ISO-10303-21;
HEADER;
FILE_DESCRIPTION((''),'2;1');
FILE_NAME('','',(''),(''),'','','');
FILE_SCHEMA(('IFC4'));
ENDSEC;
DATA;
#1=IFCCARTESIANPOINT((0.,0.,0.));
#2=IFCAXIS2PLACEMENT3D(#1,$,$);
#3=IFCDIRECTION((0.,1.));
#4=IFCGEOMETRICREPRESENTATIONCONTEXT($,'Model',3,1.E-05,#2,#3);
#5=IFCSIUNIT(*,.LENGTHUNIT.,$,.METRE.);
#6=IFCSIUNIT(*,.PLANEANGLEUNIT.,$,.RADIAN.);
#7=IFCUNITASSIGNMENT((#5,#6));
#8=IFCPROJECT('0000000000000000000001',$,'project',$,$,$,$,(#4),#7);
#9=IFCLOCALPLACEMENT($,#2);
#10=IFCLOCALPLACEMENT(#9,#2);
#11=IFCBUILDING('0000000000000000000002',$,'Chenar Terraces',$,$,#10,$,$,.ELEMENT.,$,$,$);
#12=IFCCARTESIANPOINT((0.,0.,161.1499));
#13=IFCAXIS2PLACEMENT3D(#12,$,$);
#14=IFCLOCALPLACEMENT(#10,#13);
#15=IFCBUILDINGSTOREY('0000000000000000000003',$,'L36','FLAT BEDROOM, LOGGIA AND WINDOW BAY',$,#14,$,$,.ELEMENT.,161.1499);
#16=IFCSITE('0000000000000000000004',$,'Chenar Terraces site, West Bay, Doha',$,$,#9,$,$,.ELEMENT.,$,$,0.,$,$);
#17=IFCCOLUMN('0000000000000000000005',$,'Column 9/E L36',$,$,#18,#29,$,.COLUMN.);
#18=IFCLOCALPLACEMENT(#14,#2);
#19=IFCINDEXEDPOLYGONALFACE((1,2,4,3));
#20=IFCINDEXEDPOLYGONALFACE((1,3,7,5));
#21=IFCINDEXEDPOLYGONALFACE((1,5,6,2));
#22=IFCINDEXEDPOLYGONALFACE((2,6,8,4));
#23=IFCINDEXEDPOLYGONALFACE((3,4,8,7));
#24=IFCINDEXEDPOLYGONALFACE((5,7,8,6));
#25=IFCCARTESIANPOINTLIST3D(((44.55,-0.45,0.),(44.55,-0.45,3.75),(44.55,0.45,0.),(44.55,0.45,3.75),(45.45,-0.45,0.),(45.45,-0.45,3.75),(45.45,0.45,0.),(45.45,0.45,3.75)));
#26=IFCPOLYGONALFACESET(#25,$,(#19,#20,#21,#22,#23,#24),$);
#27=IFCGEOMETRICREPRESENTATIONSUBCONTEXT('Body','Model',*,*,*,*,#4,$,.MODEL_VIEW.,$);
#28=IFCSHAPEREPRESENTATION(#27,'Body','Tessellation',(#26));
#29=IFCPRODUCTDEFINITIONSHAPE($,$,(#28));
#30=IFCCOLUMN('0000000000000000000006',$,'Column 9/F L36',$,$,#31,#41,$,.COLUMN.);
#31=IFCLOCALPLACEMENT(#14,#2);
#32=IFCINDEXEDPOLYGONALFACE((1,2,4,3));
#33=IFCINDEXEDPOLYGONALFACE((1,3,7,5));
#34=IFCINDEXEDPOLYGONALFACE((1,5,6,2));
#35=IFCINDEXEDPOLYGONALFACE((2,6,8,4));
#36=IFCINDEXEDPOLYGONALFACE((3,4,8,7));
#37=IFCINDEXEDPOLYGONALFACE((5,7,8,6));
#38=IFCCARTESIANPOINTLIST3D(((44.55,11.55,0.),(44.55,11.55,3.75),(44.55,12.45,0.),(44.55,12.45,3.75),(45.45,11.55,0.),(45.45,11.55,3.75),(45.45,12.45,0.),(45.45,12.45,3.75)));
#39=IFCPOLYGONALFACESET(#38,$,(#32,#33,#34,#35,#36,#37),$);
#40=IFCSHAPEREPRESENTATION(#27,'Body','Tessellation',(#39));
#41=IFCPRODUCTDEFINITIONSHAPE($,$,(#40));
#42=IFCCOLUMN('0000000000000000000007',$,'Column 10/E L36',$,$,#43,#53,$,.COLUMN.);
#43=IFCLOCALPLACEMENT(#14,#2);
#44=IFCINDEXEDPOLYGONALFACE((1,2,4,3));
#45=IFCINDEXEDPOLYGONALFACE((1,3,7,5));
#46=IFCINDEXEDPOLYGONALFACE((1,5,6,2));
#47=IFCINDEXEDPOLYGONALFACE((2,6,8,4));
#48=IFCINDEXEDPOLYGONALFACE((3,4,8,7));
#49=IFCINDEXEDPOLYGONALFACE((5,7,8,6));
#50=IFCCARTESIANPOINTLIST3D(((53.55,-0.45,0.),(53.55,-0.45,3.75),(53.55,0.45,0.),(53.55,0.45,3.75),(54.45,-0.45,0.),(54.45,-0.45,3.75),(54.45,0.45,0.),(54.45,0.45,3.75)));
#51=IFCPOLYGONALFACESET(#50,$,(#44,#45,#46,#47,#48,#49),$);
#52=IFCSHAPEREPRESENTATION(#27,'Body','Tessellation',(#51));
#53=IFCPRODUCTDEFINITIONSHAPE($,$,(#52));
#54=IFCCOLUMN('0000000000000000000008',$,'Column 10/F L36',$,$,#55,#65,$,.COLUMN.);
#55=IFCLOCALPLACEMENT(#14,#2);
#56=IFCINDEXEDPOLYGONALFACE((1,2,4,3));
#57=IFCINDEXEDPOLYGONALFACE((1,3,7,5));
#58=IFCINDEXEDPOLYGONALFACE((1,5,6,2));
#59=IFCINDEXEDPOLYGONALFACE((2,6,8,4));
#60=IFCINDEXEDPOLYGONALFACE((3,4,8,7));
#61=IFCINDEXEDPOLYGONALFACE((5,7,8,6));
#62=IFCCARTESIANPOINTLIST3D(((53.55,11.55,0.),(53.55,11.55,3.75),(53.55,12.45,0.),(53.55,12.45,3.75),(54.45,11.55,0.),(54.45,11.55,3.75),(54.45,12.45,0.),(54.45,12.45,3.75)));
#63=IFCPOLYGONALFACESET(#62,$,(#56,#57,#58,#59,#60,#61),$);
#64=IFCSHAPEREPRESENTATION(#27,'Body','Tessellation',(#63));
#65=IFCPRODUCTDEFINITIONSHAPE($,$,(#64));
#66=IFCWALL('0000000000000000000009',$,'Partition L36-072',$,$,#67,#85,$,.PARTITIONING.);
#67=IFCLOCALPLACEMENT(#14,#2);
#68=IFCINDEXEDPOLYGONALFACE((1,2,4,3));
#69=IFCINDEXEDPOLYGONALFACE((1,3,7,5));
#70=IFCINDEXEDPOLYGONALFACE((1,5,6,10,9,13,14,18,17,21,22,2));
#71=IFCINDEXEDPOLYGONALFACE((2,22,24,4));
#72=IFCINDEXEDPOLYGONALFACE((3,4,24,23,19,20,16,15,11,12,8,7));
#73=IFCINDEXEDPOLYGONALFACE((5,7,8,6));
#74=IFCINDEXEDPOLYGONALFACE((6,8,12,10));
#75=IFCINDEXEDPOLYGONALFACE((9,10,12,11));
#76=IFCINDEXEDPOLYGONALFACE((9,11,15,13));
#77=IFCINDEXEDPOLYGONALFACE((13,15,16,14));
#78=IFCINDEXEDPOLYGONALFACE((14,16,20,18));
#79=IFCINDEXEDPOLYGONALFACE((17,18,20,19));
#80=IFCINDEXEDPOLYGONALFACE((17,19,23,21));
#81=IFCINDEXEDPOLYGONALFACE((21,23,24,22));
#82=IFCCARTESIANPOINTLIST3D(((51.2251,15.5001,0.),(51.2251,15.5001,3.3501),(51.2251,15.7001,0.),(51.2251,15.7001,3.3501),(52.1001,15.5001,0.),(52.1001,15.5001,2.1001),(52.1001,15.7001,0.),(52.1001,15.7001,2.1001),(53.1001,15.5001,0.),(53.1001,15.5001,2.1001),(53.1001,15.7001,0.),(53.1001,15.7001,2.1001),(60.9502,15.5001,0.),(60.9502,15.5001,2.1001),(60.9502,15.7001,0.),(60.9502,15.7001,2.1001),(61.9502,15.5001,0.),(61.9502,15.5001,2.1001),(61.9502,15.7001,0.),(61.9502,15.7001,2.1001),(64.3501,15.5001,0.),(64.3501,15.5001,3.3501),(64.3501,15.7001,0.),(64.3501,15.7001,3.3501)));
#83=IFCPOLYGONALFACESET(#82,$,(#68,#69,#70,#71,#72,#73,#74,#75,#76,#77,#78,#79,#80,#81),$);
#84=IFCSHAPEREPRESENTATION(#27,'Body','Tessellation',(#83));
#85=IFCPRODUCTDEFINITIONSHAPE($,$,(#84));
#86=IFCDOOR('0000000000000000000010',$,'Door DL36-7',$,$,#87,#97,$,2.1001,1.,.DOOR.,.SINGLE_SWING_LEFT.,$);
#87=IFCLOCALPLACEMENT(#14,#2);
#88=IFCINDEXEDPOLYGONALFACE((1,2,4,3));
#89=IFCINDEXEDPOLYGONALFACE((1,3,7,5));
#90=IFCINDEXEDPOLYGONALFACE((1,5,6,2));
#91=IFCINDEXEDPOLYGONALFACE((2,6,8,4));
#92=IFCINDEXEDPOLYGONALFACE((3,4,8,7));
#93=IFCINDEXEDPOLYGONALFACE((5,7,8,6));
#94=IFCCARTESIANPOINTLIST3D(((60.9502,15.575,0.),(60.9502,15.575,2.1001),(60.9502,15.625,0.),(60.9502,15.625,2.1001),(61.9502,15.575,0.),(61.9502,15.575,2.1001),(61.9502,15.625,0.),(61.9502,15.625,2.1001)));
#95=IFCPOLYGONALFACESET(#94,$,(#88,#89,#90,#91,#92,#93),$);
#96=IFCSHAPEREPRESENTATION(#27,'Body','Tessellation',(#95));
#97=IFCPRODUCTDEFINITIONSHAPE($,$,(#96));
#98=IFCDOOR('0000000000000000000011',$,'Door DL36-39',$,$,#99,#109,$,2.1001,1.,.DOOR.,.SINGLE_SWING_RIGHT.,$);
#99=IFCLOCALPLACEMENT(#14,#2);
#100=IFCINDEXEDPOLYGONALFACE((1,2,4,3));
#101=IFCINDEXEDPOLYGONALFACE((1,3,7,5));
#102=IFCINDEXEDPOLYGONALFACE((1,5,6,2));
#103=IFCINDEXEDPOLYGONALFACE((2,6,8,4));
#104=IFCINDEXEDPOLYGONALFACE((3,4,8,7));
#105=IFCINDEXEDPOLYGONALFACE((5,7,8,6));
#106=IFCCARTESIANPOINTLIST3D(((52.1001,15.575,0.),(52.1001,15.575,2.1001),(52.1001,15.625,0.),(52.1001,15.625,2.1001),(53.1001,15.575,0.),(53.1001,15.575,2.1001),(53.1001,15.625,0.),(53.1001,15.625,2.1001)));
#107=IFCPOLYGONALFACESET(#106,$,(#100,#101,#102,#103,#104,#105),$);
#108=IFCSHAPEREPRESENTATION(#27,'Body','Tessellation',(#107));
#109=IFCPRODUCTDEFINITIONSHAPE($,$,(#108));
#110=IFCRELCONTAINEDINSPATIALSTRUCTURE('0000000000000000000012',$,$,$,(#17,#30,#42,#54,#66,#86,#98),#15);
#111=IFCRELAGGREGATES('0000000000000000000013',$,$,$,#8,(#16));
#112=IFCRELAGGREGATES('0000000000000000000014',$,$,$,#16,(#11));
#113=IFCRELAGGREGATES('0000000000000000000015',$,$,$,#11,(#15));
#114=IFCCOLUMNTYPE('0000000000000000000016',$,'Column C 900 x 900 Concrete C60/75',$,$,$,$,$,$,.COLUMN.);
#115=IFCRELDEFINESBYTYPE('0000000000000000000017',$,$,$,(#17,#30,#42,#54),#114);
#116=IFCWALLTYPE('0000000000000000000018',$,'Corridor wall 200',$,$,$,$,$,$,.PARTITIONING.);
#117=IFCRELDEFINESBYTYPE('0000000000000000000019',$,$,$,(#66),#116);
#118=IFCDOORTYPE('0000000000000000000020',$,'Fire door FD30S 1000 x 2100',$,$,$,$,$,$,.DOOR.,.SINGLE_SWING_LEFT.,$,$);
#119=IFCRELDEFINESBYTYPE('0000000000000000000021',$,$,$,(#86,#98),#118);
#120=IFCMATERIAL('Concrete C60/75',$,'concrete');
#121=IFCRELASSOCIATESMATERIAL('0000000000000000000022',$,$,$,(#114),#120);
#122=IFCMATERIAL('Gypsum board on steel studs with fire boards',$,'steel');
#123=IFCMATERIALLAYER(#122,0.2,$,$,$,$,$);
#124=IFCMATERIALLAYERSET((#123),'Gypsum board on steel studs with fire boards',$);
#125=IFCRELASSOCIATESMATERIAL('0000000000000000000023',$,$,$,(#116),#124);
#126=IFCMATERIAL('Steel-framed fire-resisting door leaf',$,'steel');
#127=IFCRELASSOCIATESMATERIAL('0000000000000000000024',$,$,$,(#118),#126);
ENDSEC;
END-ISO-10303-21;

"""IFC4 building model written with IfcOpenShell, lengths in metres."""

from ifc_helpers import new_model, si_unit, direction, frame, frame_2d, origin, origin_2d, place, context, subcontext, project, spatial, rectangle, extrude, material, layer, layer_set, material_profile, profile_set, type_object, element, fill, save


model = new_model("IFC4")

# Units and contexts
model_context = context("Model", 3, precision=1e-05, world=origin(), true_north=direction((0.0, 1.0)))
body_context = subcontext(model_context, "Body", "Model", "MODEL_VIEW")
ifc_project = project(units=[si_unit("LENGTHUNIT", "METRE"), si_unit("PLANEANGLEUNIT", "RADIAN")], contexts=[model_context])

# Site, building, storey
site_placement = place(None, origin())
site = spatial("IfcSite", under=ifc_project, at=site_placement, Name="Chenar Terraces site, West Bay, Doha", CompositionType="ELEMENT", RefElevation=0.0)
building_placement = place(site_placement, origin())
building = spatial("IfcBuilding", under=site, at=building_placement, Name="Chenar Terraces", CompositionType="ELEMENT")
storey_placement = place(building_placement, frame((0.0, 0.0, 161.1499)))
storey = spatial("IfcBuildingStorey", under=building, at=storey_placement, Name="L36", Description="FLAT BEDROOM, LOGGIA AND WINDOW BAY", CompositionType="ELEMENT", Elevation=161.1499)

# Columns
ifc_material_1 = material(Name="Concrete C60/75", Category="concrete")
ifc_material_profile = material_profile(ifc_material_1, rectangle(XDim=0.8999, YDim=0.8999, at=origin_2d()), Name="C 900 x 900")
ifc_profile_set = profile_set([ifc_material_profile], Name="Concrete C60/75")
column_type = type_object("IfcColumnType", Name="Column C 900 x 900 Concrete C60/75", PredefinedType="COLUMN", material=ifc_profile_set)
for number, where, z_axis, x_axis, name in (
    (1, (45.0, 0.0, 0.0), (0.0, 0.0, 1.0), (1.0, 0.0, 0.0), "Column 9/E L36"),
    (2, (45.0, 12.0, 0.0), (0.0, 0.0, 1.0), (1.0, 0.0, 0.0), "Column 9/F L36"),
    (3, (54.0, 0.0, 0.0), (0.0, 0.0, 1.0), (1.0, 0.0, 0.0), "Column 10/E L36"),
    (4, (54.0, 12.0, 0.0), (0.0, 0.0, 1.0), (1.0, 0.0, 0.0), "Column 10/F L36"),
):
    element("IfcColumn", number, at=place(storey_placement, frame(where, z_axis=z_axis, x_axis=x_axis)), inside=storey, type_object=column_type, Name=name, PredefinedType="COLUMN", context=body_context, shape_type="SweptSolid", body=[
        extrude(rectangle(XDim=0.8999, YDim=0.8999, at=origin_2d()), origin(), (0.0, 0.0, 1.0), 3.75),
    ])

# Wall, openings, doors
ifc_material_2 = material(Name="Gypsum board on steel studs with fire boards", Category="steel")
ifc_layer_1 = layer(ifc_material_2, 0.2)
ifc_layer_set_1 = layer_set([ifc_layer_1], Name="Gypsum board on steel studs with fire boards")
wall_type_1 = type_object("IfcWallType", Name="Corridor wall 200", PredefinedType="PARTITIONING", material=ifc_layer_set_1)
wall_1_placement = place(storey_placement, frame((51.2251, 15.6001, 0.0), z_axis=(0.0, 0.0, 1.0), x_axis=(1.0, 0.0, 0.0)))
wall_1 = element("IfcWall", 5, at=wall_1_placement, inside=storey, type_object=wall_type_1, Name="Partition L36-072", PredefinedType="PARTITIONING", context=body_context, shape_type="SweptSolid", body=[
    extrude(rectangle(XDim=13.125, YDim=0.2, at=frame_2d((6.5625, 0.0))), origin(), (0.0, 0.0, 1.0), 3.3501),
])
opening_1_placement = place(wall_1_placement, frame((9.7251, 0.0, 0.0)))
opening_1 = element("IfcOpeningElement", 6, at=opening_1_placement, cuts=wall_1, PredefinedType="OPENING", context=body_context, shape_type="SweptSolid", body=[
    extrude(rectangle(XDim=1.0, YDim=2.1001, at=frame_2d((0.5, 1.05))), frame((0.0, 0.1099, 0.0), z_axis=(0.0, -1.0, 0.0), x_axis=(1.0, 0.0, 0.0)), (0.0, 0.0, 1.0), 0.22),
])
opening_2_placement = place(wall_1_placement, frame((0.875, 0.0, 0.0)))
opening_2 = element("IfcOpeningElement", 7, at=opening_2_placement, cuts=wall_1, PredefinedType="OPENING", context=body_context, shape_type="SweptSolid", body=[
    extrude(rectangle(XDim=1.0, YDim=2.1001, at=frame_2d((0.5, 1.05))), frame((0.0, 0.1099, 0.0), z_axis=(0.0, -1.0, 0.0), x_axis=(1.0, 0.0, 0.0)), (0.0, 0.0, 1.0), 0.22),
])
ifc_material_3 = material(Name="Steel-framed fire-resisting door leaf", Category="steel")
door_type_1 = type_object("IfcDoorType", Name="Fire door FD30S 1000 x 2100", OperationType="SINGLE_SWING_LEFT", PredefinedType="DOOR", material=ifc_material_3)
door_1_placement = place(opening_1_placement, origin())
door_1 = element("IfcDoor", 8, at=door_1_placement, inside=storey, type_object=door_type_1, Name="Door DL36-7", OperationType="SINGLE_SWING_LEFT", OverallHeight=2.1001, OverallWidth=1.0, PredefinedType="DOOR", context=body_context, shape_type="SweptSolid", body=[
    extrude(rectangle(XDim=1.0, YDim=2.1001, at=frame_2d((0.5, 1.05))), frame((0.0, 0.0249, 0.0), z_axis=(0.0, -1.0, 0.0), x_axis=(1.0, 0.0, 0.0)), (0.0, 0.0, 1.0), 0.05),
])
fill(opening_1, door_1)
door_2_placement = place(opening_2_placement, origin())
door_2 = element("IfcDoor", 9, at=door_2_placement, inside=storey, type_object=door_type_1, Name="Door DL36-39", OperationType="SINGLE_SWING_RIGHT", OverallHeight=2.1001, OverallWidth=1.0, PredefinedType="DOOR", context=body_context, shape_type="SweptSolid", body=[
    extrude(rectangle(XDim=1.0, YDim=2.1001, at=frame_2d((0.5, 1.05))), frame((0.0, 0.0249, 0.0), z_axis=(0.0, -1.0, 0.0), x_axis=(1.0, 0.0, 0.0)), (0.0, 0.0, 1.0), 0.05),
])
fill(opening_2, door_2)

save(model, "model.ifc")
